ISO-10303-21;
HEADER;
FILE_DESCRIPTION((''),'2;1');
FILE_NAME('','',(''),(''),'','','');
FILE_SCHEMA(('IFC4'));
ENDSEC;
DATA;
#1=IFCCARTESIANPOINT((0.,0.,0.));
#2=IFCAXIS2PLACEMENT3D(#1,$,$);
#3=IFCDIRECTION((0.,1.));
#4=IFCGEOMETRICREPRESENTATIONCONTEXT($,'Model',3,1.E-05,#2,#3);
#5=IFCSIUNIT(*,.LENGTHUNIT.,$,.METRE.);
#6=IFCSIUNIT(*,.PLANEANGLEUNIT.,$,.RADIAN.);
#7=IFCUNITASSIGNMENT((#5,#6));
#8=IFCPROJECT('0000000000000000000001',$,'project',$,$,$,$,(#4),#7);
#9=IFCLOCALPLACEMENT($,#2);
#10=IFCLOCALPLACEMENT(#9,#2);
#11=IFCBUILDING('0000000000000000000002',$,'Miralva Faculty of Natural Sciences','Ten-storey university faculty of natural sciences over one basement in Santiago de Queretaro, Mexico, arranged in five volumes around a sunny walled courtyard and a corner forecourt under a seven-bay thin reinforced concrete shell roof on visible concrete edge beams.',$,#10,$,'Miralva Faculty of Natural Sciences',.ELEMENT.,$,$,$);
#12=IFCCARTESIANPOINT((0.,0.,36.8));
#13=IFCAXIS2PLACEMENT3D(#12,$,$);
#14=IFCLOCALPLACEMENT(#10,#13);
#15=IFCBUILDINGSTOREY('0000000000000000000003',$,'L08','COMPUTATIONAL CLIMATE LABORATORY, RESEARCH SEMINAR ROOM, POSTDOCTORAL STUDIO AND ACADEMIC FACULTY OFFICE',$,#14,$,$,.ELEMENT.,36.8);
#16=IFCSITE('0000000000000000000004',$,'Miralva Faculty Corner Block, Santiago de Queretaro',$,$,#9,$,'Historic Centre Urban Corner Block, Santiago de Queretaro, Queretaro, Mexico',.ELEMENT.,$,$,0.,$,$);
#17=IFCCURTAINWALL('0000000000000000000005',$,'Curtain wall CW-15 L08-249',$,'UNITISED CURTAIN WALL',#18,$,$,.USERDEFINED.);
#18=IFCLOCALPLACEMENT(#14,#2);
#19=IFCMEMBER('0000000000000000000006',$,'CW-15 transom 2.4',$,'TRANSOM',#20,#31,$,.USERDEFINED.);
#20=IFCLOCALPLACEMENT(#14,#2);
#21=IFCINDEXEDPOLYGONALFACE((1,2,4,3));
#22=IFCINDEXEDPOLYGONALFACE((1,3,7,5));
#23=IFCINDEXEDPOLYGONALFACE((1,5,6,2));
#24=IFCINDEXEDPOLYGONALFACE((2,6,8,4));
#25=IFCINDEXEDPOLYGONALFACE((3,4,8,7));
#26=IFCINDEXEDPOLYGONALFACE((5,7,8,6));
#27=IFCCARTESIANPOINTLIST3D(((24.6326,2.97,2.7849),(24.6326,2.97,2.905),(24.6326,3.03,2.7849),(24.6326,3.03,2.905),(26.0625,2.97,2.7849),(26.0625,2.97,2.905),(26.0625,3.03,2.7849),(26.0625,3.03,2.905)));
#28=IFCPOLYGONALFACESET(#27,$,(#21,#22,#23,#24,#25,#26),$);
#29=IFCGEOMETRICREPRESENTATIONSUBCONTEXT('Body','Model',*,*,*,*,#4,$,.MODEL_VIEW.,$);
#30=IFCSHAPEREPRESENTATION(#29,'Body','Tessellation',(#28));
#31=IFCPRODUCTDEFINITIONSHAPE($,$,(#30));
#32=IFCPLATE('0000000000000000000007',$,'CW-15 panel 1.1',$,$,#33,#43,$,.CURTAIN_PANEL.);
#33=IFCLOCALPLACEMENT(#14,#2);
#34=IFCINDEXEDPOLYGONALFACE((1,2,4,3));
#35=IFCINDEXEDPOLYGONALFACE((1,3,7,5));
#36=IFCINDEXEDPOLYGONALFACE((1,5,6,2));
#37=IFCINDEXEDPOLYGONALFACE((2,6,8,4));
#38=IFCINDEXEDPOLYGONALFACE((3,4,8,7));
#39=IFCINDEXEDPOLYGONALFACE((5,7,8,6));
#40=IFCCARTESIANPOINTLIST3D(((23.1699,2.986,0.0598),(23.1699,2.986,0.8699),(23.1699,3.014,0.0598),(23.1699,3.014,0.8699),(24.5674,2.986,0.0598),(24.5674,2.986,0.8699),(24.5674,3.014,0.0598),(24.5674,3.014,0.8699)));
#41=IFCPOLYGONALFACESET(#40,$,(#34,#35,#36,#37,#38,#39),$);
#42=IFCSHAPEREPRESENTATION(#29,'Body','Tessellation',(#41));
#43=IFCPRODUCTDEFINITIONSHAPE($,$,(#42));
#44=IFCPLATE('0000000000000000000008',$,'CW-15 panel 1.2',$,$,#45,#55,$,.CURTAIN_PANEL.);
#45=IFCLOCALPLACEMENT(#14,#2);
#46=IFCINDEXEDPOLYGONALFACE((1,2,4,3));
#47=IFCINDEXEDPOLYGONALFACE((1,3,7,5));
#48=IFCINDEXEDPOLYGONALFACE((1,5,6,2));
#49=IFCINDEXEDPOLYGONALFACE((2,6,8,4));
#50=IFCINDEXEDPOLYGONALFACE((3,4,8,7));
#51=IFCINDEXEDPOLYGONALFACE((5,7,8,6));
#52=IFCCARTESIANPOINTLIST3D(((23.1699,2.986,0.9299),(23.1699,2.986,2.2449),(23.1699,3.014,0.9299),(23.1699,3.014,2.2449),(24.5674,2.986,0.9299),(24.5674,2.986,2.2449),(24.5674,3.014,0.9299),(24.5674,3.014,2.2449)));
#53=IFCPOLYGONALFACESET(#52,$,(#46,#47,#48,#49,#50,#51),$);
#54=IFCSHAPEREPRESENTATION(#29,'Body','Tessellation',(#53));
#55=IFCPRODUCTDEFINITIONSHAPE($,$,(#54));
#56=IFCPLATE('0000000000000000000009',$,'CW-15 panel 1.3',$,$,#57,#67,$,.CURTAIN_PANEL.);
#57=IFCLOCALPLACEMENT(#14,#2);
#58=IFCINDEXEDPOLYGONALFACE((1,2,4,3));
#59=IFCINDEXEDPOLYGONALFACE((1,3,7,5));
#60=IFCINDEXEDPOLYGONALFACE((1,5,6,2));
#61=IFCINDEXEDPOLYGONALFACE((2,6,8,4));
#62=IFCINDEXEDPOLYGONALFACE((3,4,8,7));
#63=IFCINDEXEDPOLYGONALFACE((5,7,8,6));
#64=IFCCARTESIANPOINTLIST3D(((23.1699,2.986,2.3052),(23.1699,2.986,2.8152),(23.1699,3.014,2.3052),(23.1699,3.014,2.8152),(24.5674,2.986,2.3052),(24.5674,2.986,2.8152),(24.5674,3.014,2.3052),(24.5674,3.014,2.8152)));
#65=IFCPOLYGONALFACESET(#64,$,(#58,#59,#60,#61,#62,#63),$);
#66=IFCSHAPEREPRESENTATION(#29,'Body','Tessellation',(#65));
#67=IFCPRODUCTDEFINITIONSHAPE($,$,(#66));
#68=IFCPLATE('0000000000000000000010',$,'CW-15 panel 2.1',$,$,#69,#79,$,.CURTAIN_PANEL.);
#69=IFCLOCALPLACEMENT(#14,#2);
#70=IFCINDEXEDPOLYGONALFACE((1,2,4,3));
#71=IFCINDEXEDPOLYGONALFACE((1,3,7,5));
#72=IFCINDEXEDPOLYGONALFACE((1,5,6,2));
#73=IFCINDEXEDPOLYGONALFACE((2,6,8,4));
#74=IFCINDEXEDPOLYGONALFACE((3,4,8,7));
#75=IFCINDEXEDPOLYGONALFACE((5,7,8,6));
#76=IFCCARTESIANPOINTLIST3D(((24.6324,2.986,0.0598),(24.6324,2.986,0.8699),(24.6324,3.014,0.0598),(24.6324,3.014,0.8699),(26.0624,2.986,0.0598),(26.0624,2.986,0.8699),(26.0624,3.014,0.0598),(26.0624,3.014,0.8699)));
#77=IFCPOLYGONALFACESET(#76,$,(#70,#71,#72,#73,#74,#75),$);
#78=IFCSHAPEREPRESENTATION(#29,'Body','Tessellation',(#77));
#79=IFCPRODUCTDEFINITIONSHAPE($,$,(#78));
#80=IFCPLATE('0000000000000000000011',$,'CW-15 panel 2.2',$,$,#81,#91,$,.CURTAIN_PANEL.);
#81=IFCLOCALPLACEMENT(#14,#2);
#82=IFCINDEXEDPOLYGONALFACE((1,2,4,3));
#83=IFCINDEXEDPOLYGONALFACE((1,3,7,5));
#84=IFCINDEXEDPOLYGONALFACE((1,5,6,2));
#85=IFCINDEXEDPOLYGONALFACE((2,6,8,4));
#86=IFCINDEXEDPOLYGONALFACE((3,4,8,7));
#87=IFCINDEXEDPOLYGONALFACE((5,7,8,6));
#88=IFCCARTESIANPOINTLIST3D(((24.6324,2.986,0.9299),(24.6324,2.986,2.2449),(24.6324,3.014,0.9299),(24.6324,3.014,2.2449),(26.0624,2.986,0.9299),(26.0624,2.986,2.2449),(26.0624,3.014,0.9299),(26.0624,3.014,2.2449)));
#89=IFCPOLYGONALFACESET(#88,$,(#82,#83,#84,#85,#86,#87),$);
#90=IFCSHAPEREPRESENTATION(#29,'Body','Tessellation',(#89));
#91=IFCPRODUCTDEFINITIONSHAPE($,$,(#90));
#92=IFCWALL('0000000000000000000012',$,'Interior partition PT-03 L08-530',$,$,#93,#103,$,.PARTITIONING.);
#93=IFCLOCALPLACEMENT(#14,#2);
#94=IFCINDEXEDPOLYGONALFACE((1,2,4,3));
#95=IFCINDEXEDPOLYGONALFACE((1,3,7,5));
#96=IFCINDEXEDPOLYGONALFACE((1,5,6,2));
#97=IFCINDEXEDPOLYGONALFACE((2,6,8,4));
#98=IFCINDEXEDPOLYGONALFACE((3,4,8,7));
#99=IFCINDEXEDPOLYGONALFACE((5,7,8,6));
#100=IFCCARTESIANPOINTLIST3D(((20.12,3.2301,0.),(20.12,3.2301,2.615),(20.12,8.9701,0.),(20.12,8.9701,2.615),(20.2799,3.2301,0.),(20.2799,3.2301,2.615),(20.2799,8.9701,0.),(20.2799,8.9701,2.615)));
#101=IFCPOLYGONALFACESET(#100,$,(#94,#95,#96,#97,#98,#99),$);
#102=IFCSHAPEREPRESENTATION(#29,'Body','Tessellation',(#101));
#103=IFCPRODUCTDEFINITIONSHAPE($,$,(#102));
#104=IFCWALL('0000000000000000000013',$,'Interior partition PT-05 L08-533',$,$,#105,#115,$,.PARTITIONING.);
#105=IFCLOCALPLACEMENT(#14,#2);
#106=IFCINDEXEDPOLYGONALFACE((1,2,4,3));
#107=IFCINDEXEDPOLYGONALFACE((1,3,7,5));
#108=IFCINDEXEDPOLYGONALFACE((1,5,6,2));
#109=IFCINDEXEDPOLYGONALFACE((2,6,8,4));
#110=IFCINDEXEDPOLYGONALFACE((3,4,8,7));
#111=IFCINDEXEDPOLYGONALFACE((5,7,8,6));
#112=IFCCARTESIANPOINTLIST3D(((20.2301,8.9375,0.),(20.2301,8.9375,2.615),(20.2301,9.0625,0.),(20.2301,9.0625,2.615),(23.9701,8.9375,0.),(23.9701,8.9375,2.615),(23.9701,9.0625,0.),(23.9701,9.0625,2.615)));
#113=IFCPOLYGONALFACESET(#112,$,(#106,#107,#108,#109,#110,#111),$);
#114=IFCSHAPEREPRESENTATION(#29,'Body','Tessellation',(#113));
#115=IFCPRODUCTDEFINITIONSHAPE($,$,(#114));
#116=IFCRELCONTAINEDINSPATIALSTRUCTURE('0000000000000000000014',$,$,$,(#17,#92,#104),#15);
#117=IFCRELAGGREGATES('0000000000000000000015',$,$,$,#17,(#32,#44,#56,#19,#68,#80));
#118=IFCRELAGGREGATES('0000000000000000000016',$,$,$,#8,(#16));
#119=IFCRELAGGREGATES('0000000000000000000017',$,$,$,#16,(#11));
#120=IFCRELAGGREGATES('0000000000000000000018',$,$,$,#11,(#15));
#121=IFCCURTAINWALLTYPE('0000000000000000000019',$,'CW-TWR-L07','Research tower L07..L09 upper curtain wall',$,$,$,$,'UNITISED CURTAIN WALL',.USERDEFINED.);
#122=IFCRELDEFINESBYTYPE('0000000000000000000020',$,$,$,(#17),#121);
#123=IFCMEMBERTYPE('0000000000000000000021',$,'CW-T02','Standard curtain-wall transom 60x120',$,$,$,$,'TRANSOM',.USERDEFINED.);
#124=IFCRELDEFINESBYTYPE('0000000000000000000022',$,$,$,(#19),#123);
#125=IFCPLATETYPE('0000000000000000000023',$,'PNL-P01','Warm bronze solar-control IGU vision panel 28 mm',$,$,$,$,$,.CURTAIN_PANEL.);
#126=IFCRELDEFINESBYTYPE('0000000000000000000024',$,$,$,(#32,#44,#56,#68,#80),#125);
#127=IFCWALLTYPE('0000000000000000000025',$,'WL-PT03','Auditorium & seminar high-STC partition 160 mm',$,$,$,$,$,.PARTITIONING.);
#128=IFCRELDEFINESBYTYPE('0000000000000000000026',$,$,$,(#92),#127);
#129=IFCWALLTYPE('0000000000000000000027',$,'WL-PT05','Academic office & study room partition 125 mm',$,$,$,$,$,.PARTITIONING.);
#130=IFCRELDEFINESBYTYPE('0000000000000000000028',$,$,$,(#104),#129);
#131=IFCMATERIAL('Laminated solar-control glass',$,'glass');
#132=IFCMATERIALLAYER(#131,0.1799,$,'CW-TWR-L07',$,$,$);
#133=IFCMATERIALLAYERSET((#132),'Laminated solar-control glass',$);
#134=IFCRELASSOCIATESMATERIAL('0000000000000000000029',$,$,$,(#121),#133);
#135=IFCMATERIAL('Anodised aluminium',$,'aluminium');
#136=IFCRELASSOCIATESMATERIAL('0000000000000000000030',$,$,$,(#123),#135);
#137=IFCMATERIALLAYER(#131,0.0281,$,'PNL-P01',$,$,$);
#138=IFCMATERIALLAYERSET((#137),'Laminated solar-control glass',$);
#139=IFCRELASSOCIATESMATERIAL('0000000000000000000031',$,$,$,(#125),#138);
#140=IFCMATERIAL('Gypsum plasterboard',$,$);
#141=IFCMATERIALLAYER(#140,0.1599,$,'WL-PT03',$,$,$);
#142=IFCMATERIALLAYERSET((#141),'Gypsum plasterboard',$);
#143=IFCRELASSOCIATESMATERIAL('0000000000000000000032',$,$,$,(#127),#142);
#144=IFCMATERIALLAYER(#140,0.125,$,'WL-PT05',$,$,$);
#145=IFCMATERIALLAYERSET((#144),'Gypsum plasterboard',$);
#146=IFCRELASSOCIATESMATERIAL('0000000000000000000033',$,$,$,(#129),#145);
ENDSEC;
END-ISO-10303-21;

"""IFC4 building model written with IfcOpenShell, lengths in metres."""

from ifc_helpers import new_model, si_unit, direction, frame, frame_2d, origin, origin_2d, place, context, subcontext, project, spatial, rectangle, extrude, material, layer, layer_set, material_profile, profile_set, type_object, element, aggregate, save


model = new_model("IFC4")

# Units and contexts
model_context = context("Model", 3, precision=1e-05, world=origin(), true_north=direction((0.0, 1.0)))
body_context = subcontext(model_context, "Body", "Model", "MODEL_VIEW")
ifc_project = project(units=[si_unit("LENGTHUNIT", "METRE"), si_unit("PLANEANGLEUNIT", "RADIAN")], contexts=[model_context])

# Site, building, storey
site_placement = place(None, origin())
site = spatial("IfcSite", under=ifc_project, at=site_placement, Name="Miralva Faculty Corner Block, Santiago de Queretaro", LongName="Historic Centre Urban Corner Block, Santiago de Queretaro, Queretaro, Mexico", CompositionType="ELEMENT", RefElevation=0.0)
building_placement = place(site_placement, origin())
building = spatial("IfcBuilding", under=site, at=building_placement, Name="Miralva Faculty of Natural Sciences", Description="Ten-storey university faculty of natural sciences over one basement in Santiago de Queretaro, Mexico, arranged in five volumes around a sunny walled courtyard and a corner forecourt under a seven-bay thin reinforced concrete shell roof on visible concrete edge beams.", LongName="Miralva Faculty of Natural Sciences", CompositionType="ELEMENT")
storey_placement = place(building_placement, frame((0.0, 0.0, 36.8)))
storey = spatial("IfcBuildingStorey", under=building, at=storey_placement, Name="L08", Description="COMPUTATIONAL CLIMATE LABORATORY, RESEARCH SEMINAR ROOM, POSTDOCTORAL STUDIO AND ACADEMIC FACULTY OFFICE", CompositionType="ELEMENT", Elevation=36.8)

# Curtain wall, member, plates
ifc_material_1 = material(Name="Laminated solar-control glass", Category="glass")
ifc_layer_1 = layer(ifc_material_1, 0.1799, Name="CW-TWR-L07")
ifc_layer_set_1 = layer_set([ifc_layer_1], Name="Laminated solar-control glass")
curtain_wall_type = type_object("IfcCurtainWallType", Name="CW-TWR-L07", Description="Research tower L07..L09 upper curtain wall", ElementType="UNITISED CURTAIN WALL", PredefinedType="USERDEFINED", material=ifc_layer_set_1)
curtain_wall_placement = place(storey_placement, origin())
curtain_wall = element("IfcCurtainWall", 1, at=curtain_wall_placement, inside=storey, type_object=curtain_wall_type, Name="Curtain wall CW-15 L08-249", ObjectType="UNITISED CURTAIN WALL", PredefinedType="USERDEFINED")
ifc_material_2 = material(Name="Anodised aluminium", Category="aluminium")
ifc_material_profile_1 = material_profile(ifc_material_2, rectangle(XDim=0.0601, YDim=0.1201, at=origin_2d()), Name="TRANSOM 60x120")
ifc_profile_set_1 = profile_set([ifc_material_profile_1], Name="Anodised aluminium")
member_type_1 = type_object("IfcMemberType", Name="CW-T02", Description="Standard curtain-wall transom 60x120", ElementType="TRANSOM", PredefinedType="USERDEFINED", material=ifc_profile_set_1)
member_1_placement = place(storey_placement, frame((24.6326, 3.0, 2.845), z_axis=(1.0, 0.0, 0.0), x_axis=(0.0, 1.0, 0.0)))
member_1 = element("IfcMember", 2, at=member_1_placement, type_object=member_type_1, Name="CW-15 transom 2.4", ObjectType="TRANSOM", PredefinedType="USERDEFINED", context=body_context, shape_type="SweptSolid", body=[
    extrude(rectangle(XDim=0.0601, YDim=0.1201, at=origin_2d()), origin(), (0.0, 0.0, 1.0), 1.4299),
])
ifc_layer_2 = layer(ifc_material_1, 0.0281, Name="PNL-P01")
ifc_layer_set_2 = layer_set([ifc_layer_2], Name="Laminated solar-control glass")
plate_type = type_object("IfcPlateType", Name="PNL-P01", Description="Warm bronze solar-control IGU vision panel 28 mm", PredefinedType="CURTAIN_PANEL", material=ifc_layer_set_2)
plate_1_placement = place(storey_placement, frame((23.8687, 3.0, 0.0598), z_axis=(0.0, 0.0, 1.0), x_axis=(1.0, 0.0, 0.0)))
plate_1 = element("IfcPlate", 3, at=plate_1_placement, type_object=plate_type, Name="CW-15 panel 1.1", PredefinedType="CURTAIN_PANEL", context=body_context, shape_type="SweptSolid", body=[
    extrude(rectangle(XDim=1.3975, YDim=0.0281, at=origin_2d()), origin(), (0.0, 0.0, 1.0), 0.8101),
])
plate_2_placement = place(storey_placement, frame((23.8687, 3.0, 0.9299), z_axis=(0.0, 0.0, 1.0), x_axis=(1.0, 0.0, 0.0)))
plate_2 = element("IfcPlate", 4, at=plate_2_placement, type_object=plate_type, Name="CW-15 panel 1.2", PredefinedType="CURTAIN_PANEL", context=body_context, shape_type="SweptSolid", body=[
    extrude(rectangle(XDim=1.3975, YDim=0.0281, at=origin_2d()), origin(), (0.0, 0.0, 1.0), 1.3149),
])
plate_3_placement = place(storey_placement, frame((23.8687, 3.0, 2.3052), z_axis=(0.0, 0.0, 1.0), x_axis=(1.0, 0.0, 0.0)))
plate_3 = element("IfcPlate", 5, at=plate_3_placement, type_object=plate_type, Name="CW-15 panel 1.3", PredefinedType="CURTAIN_PANEL", context=body_context, shape_type="SweptSolid", body=[
    extrude(rectangle(XDim=1.3975, YDim=0.0281, at=origin_2d()), origin(), (0.0, 0.0, 1.0), 0.51),
])
plate_4_placement = place(storey_placement, frame((25.3474, 3.0, 0.0598), z_axis=(0.0, 0.0, 1.0), x_axis=(1.0, 0.0, 0.0)))
plate_4 = element("IfcPlate", 6, at=plate_4_placement, type_object=plate_type, Name="CW-15 panel 2.1", PredefinedType="CURTAIN_PANEL", context=body_context, shape_type="SweptSolid", body=[
    extrude(rectangle(XDim=1.4299, YDim=0.0281, at=origin_2d()), origin(), (0.0, 0.0, 1.0), 0.8101),
])
plate_5_placement = place(storey_placement, frame((25.3474, 3.0, 0.9299), z_axis=(0.0, 0.0, 1.0), x_axis=(1.0, 0.0, 0.0)))
plate_5 = element("IfcPlate", 7, at=plate_5_placement, type_object=plate_type, Name="CW-15 panel 2.2", PredefinedType="CURTAIN_PANEL", context=body_context, shape_type="SweptSolid", body=[
    extrude(rectangle(XDim=1.4299, YDim=0.0281, at=origin_2d()), origin(), (0.0, 0.0, 1.0), 1.3149),
])
aggregate(curtain_wall, [plate_1, plate_2, plate_3, member_1, plate_4, plate_5])

# Walls
ifc_material_3 = material(Name="Gypsum plasterboard")
ifc_layer_3 = layer(ifc_material_3, 0.1599, Name="WL-PT03")
ifc_layer_set_3 = layer_set([ifc_layer_3], Name="Gypsum plasterboard")
wall_type_1 = type_object("IfcWallType", Name="WL-PT03", Description="Auditorium & seminar high-STC partition 160 mm", PredefinedType="PARTITIONING", material=ifc_layer_set_3)
wall_1_placement = place(storey_placement, frame((20.2, 3.23, 0.0), z_axis=(0.0, 0.0, 1.0), x_axis=(0.0, 1.0, 0.0)))
element("IfcWall", 8, at=wall_1_placement, inside=storey, type_object=wall_type_1, Name="Interior partition PT-03 L08-530", PredefinedType="PARTITIONING", context=body_context, shape_type="SweptSolid", body=[
    extrude(rectangle(XDim=5.74, YDim=0.1599, at=frame_2d((2.8701, 0.0))), origin(), (0.0, 0.0, 1.0), 2.615),
])
ifc_layer_4 = layer(ifc_material_3, 0.125, Name="WL-PT05")
ifc_layer_set_4 = layer_set([ifc_layer_4], Name="Gypsum plasterboard")
wall_type_2 = type_object("IfcWallType", Name="WL-PT05", Description="Academic office & study room partition 125 mm", PredefinedType="PARTITIONING", material=ifc_layer_set_4)
wall_2_placement = place(storey_placement, frame((20.23, 9.0, 0.0), z_axis=(0.0, 0.0, 1.0), x_axis=(1.0, 0.0, 0.0)))
element("IfcWall", 9, at=wall_2_placement, inside=storey, type_object=wall_type_2, Name="Interior partition PT-05 L08-533", PredefinedType="PARTITIONING", context=body_context, shape_type="SweptSolid", body=[
    extrude(rectangle(XDim=3.74, YDim=0.125, at=frame_2d((1.8701, 0.0))), origin(), (0.0, 0.0, 1.0), 2.615),
])

save(model, "model.ifc")
